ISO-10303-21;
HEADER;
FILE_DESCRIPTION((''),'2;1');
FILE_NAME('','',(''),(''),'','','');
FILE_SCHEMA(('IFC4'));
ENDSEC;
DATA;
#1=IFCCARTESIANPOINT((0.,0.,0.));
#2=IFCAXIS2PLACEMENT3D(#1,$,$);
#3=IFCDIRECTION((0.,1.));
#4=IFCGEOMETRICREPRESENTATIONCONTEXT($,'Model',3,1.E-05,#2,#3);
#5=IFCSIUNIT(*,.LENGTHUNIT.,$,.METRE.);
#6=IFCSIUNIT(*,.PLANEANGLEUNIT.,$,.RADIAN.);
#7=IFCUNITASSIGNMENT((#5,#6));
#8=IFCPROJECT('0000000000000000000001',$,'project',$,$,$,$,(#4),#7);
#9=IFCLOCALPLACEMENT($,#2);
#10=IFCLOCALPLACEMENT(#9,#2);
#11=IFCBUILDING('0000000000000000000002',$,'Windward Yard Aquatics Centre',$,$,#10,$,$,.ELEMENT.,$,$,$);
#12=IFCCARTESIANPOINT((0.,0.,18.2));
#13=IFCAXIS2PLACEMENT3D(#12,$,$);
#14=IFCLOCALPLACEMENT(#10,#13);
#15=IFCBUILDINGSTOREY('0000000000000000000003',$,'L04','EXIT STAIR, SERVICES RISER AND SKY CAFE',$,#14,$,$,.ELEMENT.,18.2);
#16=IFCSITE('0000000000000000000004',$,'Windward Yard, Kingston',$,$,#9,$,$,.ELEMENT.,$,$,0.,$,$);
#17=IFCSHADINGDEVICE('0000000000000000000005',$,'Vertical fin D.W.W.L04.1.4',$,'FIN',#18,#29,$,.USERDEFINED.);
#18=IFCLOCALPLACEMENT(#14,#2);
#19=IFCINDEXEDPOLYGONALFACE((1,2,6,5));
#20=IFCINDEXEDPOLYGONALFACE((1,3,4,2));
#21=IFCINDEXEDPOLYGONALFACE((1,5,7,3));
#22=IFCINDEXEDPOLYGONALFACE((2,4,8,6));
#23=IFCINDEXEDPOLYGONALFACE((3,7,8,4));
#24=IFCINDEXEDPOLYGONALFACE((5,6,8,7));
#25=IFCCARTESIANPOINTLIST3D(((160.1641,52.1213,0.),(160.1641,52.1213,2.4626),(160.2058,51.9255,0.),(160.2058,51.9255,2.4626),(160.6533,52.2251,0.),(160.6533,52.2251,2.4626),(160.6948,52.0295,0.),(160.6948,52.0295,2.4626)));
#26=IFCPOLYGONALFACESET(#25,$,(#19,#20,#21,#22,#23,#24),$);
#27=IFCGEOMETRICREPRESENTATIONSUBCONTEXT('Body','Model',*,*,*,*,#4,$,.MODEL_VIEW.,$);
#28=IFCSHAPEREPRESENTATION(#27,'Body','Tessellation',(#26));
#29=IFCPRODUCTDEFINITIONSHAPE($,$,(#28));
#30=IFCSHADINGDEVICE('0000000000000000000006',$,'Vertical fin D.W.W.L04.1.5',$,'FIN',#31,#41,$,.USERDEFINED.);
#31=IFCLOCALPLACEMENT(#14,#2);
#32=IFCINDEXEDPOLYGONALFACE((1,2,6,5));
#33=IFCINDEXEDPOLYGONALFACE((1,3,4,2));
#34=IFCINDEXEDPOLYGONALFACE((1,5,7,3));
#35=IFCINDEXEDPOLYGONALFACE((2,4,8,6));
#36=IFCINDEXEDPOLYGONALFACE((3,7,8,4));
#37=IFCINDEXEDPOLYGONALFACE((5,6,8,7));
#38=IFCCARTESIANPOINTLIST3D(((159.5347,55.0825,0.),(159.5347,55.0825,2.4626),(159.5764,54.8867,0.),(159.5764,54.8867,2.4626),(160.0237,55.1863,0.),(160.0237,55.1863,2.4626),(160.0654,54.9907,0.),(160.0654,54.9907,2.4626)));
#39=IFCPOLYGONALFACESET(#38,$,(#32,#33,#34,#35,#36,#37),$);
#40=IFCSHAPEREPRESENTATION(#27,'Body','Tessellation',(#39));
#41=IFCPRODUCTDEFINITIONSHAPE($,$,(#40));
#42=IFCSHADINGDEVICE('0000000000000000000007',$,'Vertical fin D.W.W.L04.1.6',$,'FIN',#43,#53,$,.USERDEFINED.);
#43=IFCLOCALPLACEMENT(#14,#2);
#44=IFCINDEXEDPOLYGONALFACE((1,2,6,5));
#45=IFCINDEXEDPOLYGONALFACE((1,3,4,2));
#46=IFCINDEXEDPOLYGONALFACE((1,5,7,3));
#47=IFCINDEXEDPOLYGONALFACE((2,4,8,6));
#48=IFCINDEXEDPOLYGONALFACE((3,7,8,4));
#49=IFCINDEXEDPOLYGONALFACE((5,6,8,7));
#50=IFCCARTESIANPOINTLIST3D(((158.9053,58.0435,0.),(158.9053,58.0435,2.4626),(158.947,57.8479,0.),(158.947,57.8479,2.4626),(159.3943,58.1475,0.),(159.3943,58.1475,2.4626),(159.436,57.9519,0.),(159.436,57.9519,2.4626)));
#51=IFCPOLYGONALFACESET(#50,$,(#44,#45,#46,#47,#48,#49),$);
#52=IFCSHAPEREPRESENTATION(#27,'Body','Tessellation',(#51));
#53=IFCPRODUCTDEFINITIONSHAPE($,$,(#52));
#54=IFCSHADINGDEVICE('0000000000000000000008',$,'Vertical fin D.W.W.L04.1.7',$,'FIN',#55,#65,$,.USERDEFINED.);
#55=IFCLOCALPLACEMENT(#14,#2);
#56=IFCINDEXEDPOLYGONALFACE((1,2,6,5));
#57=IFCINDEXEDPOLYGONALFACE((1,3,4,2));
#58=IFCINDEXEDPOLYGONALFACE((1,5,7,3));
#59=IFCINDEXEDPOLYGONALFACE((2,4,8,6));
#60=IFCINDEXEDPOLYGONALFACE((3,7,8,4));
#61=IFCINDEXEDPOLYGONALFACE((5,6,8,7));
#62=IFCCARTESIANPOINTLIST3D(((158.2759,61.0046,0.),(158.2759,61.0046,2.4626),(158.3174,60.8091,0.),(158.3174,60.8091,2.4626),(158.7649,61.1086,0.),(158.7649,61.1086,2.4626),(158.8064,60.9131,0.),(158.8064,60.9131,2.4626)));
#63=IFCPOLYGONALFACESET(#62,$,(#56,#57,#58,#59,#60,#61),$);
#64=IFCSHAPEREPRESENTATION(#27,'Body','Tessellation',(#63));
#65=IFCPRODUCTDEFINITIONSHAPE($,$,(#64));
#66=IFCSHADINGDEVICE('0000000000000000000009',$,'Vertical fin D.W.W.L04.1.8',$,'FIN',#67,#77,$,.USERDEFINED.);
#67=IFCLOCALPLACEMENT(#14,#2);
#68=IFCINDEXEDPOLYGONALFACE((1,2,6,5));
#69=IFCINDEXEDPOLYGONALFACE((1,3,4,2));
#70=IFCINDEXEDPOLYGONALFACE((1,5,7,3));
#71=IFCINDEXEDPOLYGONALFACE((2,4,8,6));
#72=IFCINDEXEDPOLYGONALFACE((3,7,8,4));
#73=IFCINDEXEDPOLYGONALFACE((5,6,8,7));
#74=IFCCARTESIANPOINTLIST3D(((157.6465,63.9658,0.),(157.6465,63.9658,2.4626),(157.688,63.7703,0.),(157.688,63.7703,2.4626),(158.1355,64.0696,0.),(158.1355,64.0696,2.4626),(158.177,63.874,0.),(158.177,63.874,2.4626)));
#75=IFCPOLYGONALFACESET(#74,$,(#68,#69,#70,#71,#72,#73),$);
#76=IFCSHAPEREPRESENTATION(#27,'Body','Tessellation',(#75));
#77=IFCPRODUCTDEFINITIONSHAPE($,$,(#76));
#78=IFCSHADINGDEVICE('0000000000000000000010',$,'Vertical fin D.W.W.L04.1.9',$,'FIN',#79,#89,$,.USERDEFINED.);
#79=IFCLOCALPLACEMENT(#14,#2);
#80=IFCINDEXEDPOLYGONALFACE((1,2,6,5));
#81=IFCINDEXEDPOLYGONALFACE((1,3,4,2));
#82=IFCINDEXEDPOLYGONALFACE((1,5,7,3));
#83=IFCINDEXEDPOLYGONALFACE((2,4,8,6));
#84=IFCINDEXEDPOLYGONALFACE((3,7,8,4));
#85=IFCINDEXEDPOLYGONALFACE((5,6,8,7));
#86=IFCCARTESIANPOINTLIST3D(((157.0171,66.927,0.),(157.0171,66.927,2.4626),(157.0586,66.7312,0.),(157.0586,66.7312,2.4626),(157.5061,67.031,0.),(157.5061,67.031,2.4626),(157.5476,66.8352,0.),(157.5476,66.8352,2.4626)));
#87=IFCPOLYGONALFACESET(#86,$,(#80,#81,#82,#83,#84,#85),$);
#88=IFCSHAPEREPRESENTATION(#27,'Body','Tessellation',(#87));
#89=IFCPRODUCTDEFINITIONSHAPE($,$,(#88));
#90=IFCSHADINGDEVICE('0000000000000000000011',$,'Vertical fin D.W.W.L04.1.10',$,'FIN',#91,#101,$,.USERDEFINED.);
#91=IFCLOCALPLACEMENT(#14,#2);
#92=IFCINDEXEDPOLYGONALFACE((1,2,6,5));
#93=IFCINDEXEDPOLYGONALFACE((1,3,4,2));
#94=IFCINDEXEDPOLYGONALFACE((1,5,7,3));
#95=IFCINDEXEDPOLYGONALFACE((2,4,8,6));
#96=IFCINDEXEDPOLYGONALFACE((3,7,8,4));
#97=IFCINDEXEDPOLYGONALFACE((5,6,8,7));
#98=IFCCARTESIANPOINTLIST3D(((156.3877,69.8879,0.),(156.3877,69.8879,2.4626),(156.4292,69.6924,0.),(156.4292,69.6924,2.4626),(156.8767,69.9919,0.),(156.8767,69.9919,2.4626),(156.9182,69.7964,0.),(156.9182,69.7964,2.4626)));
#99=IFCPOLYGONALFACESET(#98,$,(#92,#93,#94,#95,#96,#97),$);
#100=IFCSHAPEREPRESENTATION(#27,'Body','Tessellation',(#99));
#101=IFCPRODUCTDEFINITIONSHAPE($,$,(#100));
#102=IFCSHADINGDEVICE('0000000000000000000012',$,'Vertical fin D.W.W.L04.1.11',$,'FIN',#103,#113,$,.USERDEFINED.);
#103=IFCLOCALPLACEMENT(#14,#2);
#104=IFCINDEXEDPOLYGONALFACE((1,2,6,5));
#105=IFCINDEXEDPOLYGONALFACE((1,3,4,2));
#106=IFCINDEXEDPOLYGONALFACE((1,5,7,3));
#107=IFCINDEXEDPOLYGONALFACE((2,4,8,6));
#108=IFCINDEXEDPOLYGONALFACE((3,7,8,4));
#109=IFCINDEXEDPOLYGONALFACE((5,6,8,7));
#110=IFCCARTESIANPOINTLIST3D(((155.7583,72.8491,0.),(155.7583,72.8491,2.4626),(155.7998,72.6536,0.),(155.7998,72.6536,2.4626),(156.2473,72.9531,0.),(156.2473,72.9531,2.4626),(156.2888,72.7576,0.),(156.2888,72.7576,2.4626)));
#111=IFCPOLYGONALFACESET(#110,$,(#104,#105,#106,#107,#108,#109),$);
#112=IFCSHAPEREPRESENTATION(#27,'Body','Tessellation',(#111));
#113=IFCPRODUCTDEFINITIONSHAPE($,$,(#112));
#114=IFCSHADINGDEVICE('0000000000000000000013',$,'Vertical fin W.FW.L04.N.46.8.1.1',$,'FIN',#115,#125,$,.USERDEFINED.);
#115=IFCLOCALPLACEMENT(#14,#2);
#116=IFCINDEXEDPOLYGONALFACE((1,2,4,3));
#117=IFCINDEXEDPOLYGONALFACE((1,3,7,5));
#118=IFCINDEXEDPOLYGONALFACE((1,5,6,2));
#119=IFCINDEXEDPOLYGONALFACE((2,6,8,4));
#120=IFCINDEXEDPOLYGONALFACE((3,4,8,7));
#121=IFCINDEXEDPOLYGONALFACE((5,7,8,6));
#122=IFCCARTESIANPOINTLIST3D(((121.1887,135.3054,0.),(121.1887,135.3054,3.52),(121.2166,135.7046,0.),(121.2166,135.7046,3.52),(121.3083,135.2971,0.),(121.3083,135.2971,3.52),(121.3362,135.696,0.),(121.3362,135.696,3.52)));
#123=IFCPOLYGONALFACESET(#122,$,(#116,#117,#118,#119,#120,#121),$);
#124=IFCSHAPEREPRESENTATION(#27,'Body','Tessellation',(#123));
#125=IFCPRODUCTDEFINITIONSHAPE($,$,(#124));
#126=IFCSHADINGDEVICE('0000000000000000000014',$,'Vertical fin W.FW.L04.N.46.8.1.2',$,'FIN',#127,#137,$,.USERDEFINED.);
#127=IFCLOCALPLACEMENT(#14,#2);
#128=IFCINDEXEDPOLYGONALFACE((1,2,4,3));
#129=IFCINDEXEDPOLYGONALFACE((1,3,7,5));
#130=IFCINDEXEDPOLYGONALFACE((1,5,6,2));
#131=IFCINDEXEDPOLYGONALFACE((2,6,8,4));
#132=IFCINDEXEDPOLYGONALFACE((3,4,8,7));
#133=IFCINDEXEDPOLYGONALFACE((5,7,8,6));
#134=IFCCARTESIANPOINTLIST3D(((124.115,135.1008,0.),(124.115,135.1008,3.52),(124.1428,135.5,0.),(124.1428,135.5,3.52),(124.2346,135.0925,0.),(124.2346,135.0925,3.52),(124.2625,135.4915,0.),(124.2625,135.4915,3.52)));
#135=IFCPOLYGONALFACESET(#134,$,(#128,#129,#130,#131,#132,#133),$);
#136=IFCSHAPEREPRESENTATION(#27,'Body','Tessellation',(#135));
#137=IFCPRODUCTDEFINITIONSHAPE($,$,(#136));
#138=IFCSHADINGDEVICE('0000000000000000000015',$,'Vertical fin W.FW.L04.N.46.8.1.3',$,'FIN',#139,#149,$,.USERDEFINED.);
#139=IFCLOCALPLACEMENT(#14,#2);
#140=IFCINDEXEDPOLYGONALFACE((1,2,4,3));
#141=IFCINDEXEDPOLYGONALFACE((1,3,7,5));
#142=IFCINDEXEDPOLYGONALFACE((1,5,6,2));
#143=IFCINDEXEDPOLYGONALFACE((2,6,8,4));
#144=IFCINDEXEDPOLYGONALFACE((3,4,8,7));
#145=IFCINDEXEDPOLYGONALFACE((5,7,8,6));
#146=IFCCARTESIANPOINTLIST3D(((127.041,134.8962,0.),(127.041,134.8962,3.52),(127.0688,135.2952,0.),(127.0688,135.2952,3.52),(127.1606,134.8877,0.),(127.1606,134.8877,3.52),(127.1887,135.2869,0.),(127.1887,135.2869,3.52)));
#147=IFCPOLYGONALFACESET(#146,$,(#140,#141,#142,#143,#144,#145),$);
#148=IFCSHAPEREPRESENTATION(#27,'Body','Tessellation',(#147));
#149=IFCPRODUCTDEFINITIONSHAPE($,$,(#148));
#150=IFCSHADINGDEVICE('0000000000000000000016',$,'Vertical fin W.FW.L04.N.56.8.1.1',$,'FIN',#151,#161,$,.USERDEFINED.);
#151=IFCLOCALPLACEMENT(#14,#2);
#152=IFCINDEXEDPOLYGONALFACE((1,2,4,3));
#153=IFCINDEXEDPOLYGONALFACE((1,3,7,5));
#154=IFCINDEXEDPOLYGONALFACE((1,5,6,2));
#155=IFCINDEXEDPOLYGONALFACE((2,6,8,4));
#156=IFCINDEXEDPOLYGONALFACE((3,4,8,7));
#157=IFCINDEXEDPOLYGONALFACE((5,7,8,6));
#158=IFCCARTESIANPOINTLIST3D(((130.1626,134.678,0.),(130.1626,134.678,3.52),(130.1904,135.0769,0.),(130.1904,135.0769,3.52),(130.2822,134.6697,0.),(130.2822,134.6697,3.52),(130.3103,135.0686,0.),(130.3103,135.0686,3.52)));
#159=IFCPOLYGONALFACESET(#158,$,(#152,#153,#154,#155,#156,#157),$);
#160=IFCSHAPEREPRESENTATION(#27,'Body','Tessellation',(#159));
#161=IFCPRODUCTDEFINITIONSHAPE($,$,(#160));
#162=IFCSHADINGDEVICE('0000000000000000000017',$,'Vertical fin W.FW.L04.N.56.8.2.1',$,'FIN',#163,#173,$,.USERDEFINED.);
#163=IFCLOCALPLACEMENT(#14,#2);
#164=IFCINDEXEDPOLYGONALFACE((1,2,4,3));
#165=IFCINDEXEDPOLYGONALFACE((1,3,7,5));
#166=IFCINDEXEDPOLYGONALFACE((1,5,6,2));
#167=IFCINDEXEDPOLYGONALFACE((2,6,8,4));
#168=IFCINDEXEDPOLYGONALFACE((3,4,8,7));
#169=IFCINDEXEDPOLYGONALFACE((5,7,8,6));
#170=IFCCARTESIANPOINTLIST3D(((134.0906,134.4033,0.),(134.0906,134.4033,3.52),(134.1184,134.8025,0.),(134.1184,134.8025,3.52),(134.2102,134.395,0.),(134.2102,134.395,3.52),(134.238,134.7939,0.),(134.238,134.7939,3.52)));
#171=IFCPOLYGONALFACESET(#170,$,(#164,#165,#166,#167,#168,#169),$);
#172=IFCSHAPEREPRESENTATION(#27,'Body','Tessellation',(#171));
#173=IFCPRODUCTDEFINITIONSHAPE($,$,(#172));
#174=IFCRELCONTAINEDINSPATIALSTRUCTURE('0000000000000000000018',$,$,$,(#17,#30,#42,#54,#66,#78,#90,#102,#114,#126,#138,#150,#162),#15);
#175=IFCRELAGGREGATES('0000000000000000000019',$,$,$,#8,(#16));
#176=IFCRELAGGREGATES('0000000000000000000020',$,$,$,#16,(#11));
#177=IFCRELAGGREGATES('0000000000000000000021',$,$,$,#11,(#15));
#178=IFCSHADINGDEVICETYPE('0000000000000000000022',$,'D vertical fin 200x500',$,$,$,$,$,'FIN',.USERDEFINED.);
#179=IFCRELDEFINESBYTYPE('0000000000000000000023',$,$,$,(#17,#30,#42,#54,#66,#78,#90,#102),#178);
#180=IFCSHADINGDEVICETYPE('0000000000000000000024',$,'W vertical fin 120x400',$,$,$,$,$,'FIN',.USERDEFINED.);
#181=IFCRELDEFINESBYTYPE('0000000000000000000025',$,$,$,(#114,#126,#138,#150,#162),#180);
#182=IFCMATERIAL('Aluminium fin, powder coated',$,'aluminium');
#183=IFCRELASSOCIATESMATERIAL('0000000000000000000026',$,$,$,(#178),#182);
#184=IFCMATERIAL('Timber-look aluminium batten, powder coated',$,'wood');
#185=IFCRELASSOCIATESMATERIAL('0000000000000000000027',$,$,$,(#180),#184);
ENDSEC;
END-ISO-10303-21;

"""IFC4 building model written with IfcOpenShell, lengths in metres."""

from ifc_helpers import new_model, si_unit, direction, frame, origin, place, context, subcontext, project, spatial, polyline, outline, extrude, material, type_object, element, save


model = new_model("IFC4")

# Units and contexts
model_context = context("Model", 3, precision=1e-05, world=origin(), true_north=direction((0.0, 1.0)))
body_context = subcontext(model_context, "Body", "Model", "MODEL_VIEW")
ifc_project = project(units=[si_unit("LENGTHUNIT", "METRE"), si_unit("PLANEANGLEUNIT", "RADIAN")], contexts=[model_context])

# Site, building, storey
site_placement = place(None, origin())
site = spatial("IfcSite", under=ifc_project, at=site_placement, Name="Windward Yard, Kingston", CompositionType="ELEMENT", RefElevation=0.0)
building_placement = place(site_placement, origin())
building = spatial("IfcBuilding", under=site, at=building_placement, Name="Windward Yard Aquatics Centre", CompositionType="ELEMENT")
storey_placement = place(building_placement, frame((0.0, 0.0, 18.2)))
storey = spatial("IfcBuildingStorey", under=building, at=storey_placement, Name="L04", Description="EXIT STAIR, SERVICES RISER AND SKY CAFE", CompositionType="ELEMENT", Elevation=18.2)

# Shading devices
ifc_material_1 = material(Name="Aluminium fin, powder coated", Category="aluminium")
shading_device_type_1 = type_object("IfcShadingDeviceType", Name="D vertical fin 200x500", ElementType="FIN", PredefinedType="USERDEFINED", material=ifc_material_1)
shading_device_1_placement = place(storey_placement, origin())
element("IfcShadingDevice", 1, at=shading_device_1_placement, inside=storey, type_object=shading_device_type_1, Name="Vertical fin D.W.W.L04.1.4", ObjectType="FIN", PredefinedType="USERDEFINED", context=body_context, shape_type="SweptSolid", body=[
    extrude(outline(polyline([(160.1641, 52.1213), (160.2058, 51.9255), (160.6948, 52.0295), (160.6533, 52.2251), (160.1641, 52.1213)])), origin(), (0.0, 0.0, 1.0), 2.4626),
])
shading_device_2_placement = place(storey_placement, origin())
element("IfcShadingDevice", 2, at=shading_device_2_placement, inside=storey, type_object=shading_device_type_1, Name="Vertical fin D.W.W.L04.1.5", ObjectType="FIN", PredefinedType="USERDEFINED", context=body_context, shape_type="SweptSolid", body=[
    extrude(outline(polyline([(159.5347, 55.0825), (159.5764, 54.8867), (160.0654, 54.9907), (160.0237, 55.1863), (159.5347, 55.0825)])), origin(), (0.0, 0.0, 1.0), 2.4626),
])
shading_device_3_placement = place(storey_placement, origin())
element("IfcShadingDevice", 3, at=shading_device_3_placement, inside=storey, type_object=shading_device_type_1, Name="Vertical fin D.W.W.L04.1.6", ObjectType="FIN", PredefinedType="USERDEFINED", context=body_context, shape_type="SweptSolid", body=[
    extrude(outline(polyline([(158.9053, 58.0435), (158.947, 57.8479), (159.436, 57.9519), (159.3943, 58.1475), (158.9053, 58.0435)])), origin(), (0.0, 0.0, 1.0), 2.4626),
])
shading_device_4_placement = place(storey_placement, origin())
element("IfcShadingDevice", 4, at=shading_device_4_placement, inside=storey, type_object=shading_device_type_1, Name="Vertical fin D.W.W.L04.1.7", ObjectType="FIN", PredefinedType="USERDEFINED", context=body_context, shape_type="SweptSolid", body=[
    extrude(outline(polyline([(158.2759, 61.0046), (158.3174, 60.8091), (158.8064, 60.9131), (158.7649, 61.1086), (158.2759, 61.0046)])), origin(), (0.0, 0.0, 1.0), 2.4626),
])
shading_device_5_placement = place(storey_placement, origin())
element("IfcShadingDevice", 5, at=shading_device_5_placement, inside=storey, type_object=shading_device_type_1, Name="Vertical fin D.W.W.L04.1.8", ObjectType="FIN", PredefinedType="USERDEFINED", context=body_context, shape_type="SweptSolid", body=[
    extrude(outline(polyline([(157.6465, 63.9658), (157.688, 63.7703), (158.177, 63.874), (158.1355, 64.0696), (157.6465, 63.9658)])), origin(), (0.0, 0.0, 1.0), 2.4626),
])
shading_device_6_placement = place(storey_placement, origin())
element("IfcShadingDevice", 6, at=shading_device_6_placement, inside=storey, type_object=shading_device_type_1, Name="Vertical fin D.W.W.L04.1.9", ObjectType="FIN", PredefinedType="USERDEFINED", context=body_context, shape_type="SweptSolid", body=[
    extrude(outline(polyline([(157.0171, 66.927), (157.0586, 66.7312), (157.5476, 66.8352), (157.5061, 67.031), (157.0171, 66.927)])), origin(), (0.0, 0.0, 1.0), 2.4626),
])
shading_device_7_placement = place(storey_placement, origin())
element("IfcShadingDevice", 7, at=shading_device_7_placement, inside=storey, type_object=shading_device_type_1, Name="Vertical fin D.W.W.L04.1.10", ObjectType="FIN", PredefinedType="USERDEFINED", context=body_context, shape_type="SweptSolid", body=[
    extrude(outline(polyline([(156.3877, 69.8879), (156.4292, 69.6924), (156.9182, 69.7964), (156.8767, 69.9919), (156.3877, 69.8879)])), origin(), (0.0, 0.0, 1.0), 2.4626),
])
shading_device_8_placement = place(storey_placement, origin())
element("IfcShadingDevice", 8, at=shading_device_8_placement, inside=storey, type_object=shading_device_type_1, Name="Vertical fin D.W.W.L04.1.11", ObjectType="FIN", PredefinedType="USERDEFINED", context=body_context, shape_type="SweptSolid", body=[
    extrude(outline(polyline([(155.7583, 72.8491), (155.7998, 72.6536), (156.2888, 72.7576), (156.2473, 72.9531), (155.7583, 72.8491)])), origin(), (0.0, 0.0, 1.0), 2.4626),
])
ifc_material_2 = material(Name="Timber-look aluminium batten, powder coated", Category="wood")
shading_device_type_2 = type_object("IfcShadingDeviceType", Name="W vertical fin 120x400", ElementType="FIN", PredefinedType="USERDEFINED", material=ifc_material_2)
shading_device_9_placement = place(storey_placement, origin())
element("IfcShadingDevice", 9, at=shading_device_9_placement, inside=storey, type_object=shading_device_type_2, Name="Vertical fin W.FW.L04.N.46.8.1.1", ObjectType="FIN", PredefinedType="USERDEFINED", context=body_context, shape_type="SweptSolid", body=[
    extrude(outline(polyline([(121.1887, 135.3054), (121.3083, 135.2971), (121.3362, 135.696), (121.2166, 135.7046), (121.1887, 135.3054)])), origin(), (0.0, 0.0, 1.0), 3.52),
])
shading_device_10_placement = place(storey_placement, origin())
element("IfcShadingDevice", 10, at=shading_device_10_placement, inside=storey, type_object=shading_device_type_2, Name="Vertical fin W.FW.L04.N.46.8.1.2", ObjectType="FIN", PredefinedType="USERDEFINED", context=body_context, shape_type="SweptSolid", body=[
    extrude(outline(polyline([(124.115, 135.1008), (124.2346, 135.0925), (124.2625, 135.4915), (124.1428, 135.5), (124.115, 135.1008)])), origin(), (0.0, 0.0, 1.0), 3.52),
])
shading_device_11_placement = place(storey_placement, origin())
element("IfcShadingDevice", 11, at=shading_device_11_placement, inside=storey, type_object=shading_device_type_2, Name="Vertical fin W.FW.L04.N.46.8.1.3", ObjectType="FIN", PredefinedType="USERDEFINED", context=body_context, shape_type="SweptSolid", body=[
    extrude(outline(polyline([(127.041, 134.8962), (127.1606, 134.8877), (127.1887, 135.2869), (127.0688, 135.2952), (127.041, 134.8962)])), origin(), (0.0, 0.0, 1.0), 3.52),
])
shading_device_12_placement = place(storey_placement, origin())
element("IfcShadingDevice", 12, at=shading_device_12_placement, inside=storey, type_object=shading_device_type_2, Name="Vertical fin W.FW.L04.N.56.8.1.1", ObjectType="FIN", PredefinedType="USERDEFINED", context=body_context, shape_type="SweptSolid", body=[
    extrude(outline(polyline([(130.1626, 134.678), (130.2822, 134.6697), (130.3103, 135.0686), (130.1904, 135.0769), (130.1626, 134.678)])), origin(), (0.0, 0.0, 1.0), 3.52),
])
shading_device_13_placement = place(storey_placement, origin())
element("IfcShadingDevice", 13, at=shading_device_13_placement, inside=storey, type_object=shading_device_type_2, Name="Vertical fin W.FW.L04.N.56.8.2.1", ObjectType="FIN", PredefinedType="USERDEFINED", context=body_context, shape_type="SweptSolid", body=[
    extrude(outline(polyline([(134.0906, 134.4033), (134.2102, 134.395), (134.238, 134.7939), (134.1184, 134.8025), (134.0906, 134.4033)])), origin(), (0.0, 0.0, 1.0), 3.52),
])

save(model, "model.ifc")
